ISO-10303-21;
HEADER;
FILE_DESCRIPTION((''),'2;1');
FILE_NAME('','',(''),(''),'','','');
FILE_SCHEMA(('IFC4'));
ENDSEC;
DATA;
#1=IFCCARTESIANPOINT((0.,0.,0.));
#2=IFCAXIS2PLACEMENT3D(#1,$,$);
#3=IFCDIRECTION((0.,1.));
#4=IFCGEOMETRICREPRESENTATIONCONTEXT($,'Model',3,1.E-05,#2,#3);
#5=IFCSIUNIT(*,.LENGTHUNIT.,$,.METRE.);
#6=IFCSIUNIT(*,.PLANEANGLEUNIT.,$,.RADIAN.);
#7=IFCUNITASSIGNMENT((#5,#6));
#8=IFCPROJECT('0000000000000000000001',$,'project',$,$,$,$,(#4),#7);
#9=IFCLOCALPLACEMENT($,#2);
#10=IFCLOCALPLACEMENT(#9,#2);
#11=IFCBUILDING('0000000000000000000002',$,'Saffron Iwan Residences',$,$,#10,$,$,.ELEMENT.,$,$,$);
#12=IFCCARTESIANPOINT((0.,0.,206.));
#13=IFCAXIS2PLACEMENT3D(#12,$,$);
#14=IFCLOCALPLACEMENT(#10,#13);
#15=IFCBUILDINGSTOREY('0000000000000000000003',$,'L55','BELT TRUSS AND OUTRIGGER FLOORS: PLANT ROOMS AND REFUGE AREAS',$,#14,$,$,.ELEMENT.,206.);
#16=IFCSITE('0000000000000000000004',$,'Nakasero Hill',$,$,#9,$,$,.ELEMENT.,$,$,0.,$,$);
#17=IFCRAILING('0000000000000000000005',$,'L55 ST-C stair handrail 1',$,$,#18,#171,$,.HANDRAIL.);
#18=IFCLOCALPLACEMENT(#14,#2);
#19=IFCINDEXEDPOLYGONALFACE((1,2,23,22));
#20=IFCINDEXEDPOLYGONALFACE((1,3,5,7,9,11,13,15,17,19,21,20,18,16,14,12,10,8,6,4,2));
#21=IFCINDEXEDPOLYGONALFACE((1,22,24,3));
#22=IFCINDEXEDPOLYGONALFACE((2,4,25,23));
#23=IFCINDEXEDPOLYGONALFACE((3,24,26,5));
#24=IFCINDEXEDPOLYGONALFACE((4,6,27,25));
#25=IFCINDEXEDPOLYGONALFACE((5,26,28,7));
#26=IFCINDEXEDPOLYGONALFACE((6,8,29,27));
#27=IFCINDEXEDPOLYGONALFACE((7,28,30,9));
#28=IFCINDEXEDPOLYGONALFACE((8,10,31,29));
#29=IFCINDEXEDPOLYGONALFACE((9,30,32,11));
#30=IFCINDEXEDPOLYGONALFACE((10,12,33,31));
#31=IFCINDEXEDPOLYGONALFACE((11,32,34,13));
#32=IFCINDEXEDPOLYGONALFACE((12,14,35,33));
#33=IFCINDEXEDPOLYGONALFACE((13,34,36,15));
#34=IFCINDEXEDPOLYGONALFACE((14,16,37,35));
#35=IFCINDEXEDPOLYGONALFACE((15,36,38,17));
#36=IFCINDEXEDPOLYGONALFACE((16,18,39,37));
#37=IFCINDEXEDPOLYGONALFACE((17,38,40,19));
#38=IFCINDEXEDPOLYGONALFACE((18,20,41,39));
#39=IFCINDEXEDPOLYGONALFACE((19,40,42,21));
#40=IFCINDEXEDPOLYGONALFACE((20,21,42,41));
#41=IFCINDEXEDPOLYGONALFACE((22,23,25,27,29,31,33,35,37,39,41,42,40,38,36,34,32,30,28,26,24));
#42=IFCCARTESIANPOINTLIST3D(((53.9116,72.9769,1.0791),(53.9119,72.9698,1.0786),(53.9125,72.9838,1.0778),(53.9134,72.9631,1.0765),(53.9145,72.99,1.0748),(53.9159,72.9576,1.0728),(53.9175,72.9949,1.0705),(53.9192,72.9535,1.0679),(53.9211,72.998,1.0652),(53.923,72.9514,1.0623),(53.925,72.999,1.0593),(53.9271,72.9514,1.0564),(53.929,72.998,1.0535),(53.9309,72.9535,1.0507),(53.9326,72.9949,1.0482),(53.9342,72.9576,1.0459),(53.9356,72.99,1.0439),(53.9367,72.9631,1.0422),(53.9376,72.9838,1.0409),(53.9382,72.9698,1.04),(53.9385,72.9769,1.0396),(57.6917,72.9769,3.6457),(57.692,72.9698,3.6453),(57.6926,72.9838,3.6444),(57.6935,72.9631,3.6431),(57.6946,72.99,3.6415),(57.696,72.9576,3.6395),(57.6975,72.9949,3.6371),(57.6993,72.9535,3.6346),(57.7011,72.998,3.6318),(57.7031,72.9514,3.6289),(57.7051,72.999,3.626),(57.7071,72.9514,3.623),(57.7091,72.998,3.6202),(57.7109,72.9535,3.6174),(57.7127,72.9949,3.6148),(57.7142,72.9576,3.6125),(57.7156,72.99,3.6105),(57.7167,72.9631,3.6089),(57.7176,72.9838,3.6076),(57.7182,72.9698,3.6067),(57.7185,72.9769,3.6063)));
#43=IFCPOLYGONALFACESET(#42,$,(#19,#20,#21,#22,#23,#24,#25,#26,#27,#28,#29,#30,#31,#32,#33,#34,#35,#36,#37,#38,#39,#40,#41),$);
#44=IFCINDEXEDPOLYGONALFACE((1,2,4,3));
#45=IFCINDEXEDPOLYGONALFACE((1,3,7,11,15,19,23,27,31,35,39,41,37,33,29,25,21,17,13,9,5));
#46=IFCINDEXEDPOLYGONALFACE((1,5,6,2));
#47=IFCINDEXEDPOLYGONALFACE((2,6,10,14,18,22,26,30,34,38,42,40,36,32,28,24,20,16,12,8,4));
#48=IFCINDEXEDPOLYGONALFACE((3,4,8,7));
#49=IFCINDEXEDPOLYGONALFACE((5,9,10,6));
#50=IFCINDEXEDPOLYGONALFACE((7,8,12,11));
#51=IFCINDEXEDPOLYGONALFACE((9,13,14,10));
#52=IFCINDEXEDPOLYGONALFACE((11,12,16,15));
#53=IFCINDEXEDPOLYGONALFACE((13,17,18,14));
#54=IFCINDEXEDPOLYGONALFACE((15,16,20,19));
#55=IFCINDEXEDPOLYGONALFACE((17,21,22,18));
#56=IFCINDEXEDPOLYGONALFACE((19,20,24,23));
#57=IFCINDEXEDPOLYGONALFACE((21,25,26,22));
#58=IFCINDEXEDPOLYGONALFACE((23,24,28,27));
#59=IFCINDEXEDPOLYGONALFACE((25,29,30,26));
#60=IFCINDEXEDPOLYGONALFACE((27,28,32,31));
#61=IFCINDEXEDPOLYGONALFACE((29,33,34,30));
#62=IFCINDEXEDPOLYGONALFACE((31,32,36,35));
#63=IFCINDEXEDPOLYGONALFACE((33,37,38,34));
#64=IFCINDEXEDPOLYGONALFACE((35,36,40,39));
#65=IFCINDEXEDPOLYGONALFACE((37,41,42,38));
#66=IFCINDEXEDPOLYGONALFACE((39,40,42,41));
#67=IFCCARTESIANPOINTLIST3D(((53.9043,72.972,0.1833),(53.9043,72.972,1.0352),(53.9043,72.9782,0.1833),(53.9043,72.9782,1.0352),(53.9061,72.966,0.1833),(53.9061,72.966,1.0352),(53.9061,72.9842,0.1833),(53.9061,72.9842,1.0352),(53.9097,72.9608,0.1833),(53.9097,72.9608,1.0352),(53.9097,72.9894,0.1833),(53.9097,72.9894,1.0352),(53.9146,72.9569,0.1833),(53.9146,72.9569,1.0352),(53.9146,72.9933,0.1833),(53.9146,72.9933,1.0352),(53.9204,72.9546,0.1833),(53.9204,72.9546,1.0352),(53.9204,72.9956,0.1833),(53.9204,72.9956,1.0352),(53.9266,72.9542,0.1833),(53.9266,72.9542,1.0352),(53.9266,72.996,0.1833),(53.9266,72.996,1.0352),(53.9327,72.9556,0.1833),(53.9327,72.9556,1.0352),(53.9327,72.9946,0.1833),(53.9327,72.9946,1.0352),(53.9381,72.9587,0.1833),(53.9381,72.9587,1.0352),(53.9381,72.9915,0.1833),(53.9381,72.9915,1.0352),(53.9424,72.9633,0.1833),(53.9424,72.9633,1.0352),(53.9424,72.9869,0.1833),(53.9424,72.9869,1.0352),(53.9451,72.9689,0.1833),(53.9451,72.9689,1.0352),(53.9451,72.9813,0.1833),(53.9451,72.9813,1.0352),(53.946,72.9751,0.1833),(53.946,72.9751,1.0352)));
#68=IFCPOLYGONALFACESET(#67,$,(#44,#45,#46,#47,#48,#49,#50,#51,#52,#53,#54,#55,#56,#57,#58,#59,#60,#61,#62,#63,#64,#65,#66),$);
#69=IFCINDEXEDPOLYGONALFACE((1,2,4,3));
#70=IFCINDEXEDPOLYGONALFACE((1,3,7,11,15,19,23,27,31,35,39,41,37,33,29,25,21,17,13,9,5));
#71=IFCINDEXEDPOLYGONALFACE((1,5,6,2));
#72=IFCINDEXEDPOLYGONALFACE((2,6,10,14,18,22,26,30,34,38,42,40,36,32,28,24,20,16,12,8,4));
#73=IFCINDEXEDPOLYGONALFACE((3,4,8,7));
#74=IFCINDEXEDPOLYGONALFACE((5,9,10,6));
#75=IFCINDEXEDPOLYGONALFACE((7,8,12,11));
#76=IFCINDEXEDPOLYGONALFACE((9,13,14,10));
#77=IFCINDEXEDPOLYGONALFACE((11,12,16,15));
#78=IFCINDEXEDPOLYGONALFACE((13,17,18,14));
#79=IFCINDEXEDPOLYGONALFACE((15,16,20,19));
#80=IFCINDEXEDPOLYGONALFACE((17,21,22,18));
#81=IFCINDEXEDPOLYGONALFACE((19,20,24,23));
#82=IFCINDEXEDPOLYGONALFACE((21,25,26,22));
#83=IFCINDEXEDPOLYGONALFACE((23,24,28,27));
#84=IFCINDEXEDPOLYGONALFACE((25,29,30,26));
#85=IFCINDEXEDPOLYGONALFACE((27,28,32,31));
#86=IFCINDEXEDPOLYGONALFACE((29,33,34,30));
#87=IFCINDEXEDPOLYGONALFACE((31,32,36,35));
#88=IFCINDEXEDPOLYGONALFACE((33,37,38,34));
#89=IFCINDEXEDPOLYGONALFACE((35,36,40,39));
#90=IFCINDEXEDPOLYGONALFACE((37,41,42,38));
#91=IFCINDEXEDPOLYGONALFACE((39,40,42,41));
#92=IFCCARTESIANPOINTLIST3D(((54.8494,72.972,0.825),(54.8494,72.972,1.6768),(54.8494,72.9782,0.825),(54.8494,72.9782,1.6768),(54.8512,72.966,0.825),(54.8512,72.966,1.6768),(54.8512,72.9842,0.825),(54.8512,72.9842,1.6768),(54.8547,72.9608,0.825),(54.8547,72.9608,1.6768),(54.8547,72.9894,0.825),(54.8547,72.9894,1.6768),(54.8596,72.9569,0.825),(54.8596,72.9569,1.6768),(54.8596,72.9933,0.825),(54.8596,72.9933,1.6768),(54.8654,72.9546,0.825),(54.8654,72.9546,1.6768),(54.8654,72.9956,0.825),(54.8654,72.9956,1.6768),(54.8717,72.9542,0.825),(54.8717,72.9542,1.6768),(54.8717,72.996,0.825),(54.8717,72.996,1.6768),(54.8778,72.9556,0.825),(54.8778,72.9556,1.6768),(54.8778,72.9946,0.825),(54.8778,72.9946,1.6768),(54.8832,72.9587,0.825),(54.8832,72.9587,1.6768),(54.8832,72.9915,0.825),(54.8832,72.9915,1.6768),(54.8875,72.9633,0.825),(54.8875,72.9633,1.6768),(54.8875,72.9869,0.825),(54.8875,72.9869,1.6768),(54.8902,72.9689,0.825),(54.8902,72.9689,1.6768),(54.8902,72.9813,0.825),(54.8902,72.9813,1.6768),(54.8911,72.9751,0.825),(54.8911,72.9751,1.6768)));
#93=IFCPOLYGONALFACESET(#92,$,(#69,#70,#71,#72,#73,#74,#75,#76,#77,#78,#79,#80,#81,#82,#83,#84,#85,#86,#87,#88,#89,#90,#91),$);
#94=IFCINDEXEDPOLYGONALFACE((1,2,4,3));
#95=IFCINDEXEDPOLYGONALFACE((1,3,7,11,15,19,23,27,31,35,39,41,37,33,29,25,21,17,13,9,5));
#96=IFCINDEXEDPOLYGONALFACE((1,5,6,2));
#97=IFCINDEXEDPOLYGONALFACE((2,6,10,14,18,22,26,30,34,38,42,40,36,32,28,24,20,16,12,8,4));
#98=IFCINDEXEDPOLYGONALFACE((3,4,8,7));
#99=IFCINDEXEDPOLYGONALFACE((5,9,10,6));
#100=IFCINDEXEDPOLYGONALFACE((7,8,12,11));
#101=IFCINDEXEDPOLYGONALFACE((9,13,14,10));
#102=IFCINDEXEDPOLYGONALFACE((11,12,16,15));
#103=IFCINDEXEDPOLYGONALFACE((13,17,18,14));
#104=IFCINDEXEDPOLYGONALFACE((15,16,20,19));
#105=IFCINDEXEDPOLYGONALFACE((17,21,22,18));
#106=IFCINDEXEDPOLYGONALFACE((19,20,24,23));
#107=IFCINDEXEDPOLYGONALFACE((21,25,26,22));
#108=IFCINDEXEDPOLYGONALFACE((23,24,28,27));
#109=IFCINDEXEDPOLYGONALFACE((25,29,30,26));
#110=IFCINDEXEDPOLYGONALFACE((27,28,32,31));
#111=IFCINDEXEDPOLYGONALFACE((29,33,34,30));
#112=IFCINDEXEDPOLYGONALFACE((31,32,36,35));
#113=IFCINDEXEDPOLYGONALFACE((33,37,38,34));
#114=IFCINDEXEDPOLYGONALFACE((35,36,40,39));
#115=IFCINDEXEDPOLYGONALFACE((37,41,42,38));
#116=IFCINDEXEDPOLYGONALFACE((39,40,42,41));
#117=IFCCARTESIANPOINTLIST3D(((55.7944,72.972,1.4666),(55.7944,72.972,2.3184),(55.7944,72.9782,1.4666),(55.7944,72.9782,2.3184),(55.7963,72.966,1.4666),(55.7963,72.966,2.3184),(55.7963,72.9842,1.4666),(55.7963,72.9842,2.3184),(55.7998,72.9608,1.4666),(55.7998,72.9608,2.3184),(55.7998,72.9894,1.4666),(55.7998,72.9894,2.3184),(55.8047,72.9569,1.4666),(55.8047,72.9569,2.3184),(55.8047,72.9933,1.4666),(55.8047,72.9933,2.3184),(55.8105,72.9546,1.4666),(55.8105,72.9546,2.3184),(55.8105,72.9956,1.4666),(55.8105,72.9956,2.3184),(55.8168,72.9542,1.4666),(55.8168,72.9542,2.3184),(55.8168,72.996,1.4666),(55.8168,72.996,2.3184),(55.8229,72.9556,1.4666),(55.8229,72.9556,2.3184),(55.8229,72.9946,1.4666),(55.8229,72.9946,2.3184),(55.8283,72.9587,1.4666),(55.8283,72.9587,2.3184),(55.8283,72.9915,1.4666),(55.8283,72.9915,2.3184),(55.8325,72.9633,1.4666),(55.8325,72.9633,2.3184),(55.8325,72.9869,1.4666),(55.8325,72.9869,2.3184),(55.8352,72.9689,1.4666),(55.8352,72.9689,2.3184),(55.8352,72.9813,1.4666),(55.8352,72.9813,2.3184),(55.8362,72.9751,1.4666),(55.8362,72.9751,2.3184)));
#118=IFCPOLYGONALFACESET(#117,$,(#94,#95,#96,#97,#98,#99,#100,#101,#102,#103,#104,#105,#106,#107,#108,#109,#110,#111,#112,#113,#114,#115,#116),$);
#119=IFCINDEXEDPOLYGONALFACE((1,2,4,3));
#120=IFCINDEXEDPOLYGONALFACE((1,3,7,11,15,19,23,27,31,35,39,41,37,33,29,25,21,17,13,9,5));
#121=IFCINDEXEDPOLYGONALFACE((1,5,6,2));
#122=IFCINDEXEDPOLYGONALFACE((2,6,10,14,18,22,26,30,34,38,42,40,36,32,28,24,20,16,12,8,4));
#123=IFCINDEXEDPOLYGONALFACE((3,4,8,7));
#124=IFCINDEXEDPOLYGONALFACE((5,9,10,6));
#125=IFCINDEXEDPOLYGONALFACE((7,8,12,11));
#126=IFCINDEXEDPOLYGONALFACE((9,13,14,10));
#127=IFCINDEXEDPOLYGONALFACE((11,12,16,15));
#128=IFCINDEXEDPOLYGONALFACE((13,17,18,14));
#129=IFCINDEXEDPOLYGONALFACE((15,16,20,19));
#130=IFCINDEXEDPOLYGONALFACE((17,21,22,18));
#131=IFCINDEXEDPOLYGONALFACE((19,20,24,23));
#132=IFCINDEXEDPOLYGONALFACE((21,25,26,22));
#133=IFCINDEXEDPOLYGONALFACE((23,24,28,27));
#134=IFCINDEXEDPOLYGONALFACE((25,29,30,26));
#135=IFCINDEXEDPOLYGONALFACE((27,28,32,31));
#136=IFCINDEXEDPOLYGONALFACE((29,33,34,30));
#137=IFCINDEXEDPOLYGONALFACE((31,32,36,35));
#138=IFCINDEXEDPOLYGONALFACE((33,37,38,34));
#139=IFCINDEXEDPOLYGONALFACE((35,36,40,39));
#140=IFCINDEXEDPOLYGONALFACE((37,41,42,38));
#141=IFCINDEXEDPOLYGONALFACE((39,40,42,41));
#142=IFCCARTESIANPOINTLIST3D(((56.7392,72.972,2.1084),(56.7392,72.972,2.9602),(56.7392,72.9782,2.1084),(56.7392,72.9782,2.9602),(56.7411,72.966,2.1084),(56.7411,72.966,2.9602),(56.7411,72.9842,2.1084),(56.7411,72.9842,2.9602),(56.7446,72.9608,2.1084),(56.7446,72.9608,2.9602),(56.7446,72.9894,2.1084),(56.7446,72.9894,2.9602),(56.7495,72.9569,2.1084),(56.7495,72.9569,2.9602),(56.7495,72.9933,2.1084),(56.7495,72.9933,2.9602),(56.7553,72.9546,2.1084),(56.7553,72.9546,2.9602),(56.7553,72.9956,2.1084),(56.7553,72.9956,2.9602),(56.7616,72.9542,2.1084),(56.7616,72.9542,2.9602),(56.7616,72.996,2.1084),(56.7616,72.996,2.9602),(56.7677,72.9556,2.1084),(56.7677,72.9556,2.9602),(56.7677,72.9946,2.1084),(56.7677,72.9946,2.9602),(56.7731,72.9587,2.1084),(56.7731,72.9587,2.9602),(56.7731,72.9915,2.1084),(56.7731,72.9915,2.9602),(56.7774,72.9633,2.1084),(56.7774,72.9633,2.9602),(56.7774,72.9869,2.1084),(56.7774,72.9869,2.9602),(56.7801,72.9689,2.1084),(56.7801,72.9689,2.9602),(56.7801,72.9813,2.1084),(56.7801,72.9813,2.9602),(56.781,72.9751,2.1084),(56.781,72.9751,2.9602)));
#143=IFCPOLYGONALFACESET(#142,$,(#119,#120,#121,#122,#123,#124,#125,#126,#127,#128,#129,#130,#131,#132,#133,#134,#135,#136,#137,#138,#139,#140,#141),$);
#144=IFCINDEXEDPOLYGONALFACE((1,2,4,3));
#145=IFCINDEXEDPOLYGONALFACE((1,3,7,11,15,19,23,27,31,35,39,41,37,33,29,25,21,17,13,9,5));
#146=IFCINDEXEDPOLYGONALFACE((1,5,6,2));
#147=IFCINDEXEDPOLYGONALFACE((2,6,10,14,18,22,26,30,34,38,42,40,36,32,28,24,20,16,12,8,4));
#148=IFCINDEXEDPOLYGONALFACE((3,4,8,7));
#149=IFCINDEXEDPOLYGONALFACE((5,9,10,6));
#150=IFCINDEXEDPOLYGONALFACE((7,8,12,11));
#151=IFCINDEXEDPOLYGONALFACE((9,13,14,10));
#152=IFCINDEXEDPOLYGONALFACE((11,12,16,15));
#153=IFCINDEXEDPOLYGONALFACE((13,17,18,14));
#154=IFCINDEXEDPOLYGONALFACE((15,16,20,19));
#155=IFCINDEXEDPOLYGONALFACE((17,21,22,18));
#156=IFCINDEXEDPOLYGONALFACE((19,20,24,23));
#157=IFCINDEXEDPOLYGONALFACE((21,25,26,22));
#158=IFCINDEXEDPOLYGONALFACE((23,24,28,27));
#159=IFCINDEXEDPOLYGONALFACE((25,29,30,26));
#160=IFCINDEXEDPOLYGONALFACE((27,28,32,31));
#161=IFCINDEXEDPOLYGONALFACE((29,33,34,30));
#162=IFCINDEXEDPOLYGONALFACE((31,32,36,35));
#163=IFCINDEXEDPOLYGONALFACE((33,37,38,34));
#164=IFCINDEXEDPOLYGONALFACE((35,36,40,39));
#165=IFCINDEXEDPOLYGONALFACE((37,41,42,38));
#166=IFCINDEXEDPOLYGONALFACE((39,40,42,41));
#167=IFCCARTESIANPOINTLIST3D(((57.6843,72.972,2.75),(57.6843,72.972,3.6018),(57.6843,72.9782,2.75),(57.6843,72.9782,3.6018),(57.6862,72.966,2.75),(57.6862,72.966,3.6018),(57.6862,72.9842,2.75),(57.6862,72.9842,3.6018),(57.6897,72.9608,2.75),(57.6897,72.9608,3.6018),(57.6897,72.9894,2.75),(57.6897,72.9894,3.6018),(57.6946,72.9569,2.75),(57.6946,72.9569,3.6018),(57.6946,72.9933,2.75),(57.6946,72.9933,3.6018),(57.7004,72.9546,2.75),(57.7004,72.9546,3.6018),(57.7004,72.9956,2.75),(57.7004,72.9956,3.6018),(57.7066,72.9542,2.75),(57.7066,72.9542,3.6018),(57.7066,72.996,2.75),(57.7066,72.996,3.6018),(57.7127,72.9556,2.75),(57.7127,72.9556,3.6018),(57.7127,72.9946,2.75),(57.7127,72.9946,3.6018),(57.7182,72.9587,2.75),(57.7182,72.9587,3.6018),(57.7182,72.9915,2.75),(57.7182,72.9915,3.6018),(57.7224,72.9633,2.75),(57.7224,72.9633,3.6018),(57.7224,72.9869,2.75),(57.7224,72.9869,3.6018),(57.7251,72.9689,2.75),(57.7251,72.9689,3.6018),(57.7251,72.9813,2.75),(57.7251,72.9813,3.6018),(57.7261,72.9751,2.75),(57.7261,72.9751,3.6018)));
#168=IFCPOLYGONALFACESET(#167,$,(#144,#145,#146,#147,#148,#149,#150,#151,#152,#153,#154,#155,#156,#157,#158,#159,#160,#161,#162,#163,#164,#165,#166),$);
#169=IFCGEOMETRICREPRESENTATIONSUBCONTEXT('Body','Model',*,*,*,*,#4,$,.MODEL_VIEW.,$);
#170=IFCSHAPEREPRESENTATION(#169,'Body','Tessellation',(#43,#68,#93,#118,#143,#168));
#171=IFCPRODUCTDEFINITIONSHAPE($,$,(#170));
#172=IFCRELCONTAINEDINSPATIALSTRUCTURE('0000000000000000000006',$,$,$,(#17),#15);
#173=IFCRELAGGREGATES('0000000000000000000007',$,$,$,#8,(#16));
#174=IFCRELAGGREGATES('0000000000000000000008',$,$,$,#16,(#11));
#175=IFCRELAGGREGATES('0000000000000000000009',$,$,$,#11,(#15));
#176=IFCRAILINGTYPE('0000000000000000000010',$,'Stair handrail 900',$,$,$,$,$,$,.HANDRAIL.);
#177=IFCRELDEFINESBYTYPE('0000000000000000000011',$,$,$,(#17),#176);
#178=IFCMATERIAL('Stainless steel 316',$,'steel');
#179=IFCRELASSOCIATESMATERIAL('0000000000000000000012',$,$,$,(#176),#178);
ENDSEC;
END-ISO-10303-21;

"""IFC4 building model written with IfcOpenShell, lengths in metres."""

from ifc_helpers import new_model, si_unit, direction, frame, origin, origin_2d, place, context, subcontext, project, spatial, circle, extrude, material, type_object, element, save


model = new_model("IFC4")

# Units and contexts
model_context = context("Model", 3, precision=1e-05, world=origin(), true_north=direction((0.0, 1.0)))
body_context = subcontext(model_context, "Body", "Model", "MODEL_VIEW")
ifc_project = project(units=[si_unit("LENGTHUNIT", "METRE"), si_unit("PLANEANGLEUNIT", "RADIAN")], contexts=[model_context])

# Site, building, storey
site_placement = place(None, origin())
site = spatial("IfcSite", under=ifc_project, at=site_placement, Name="Nakasero Hill", CompositionType="ELEMENT", RefElevation=0.0)
building_placement = place(site_placement, origin())
building = spatial("IfcBuilding", under=site, at=building_placement, Name="Saffron Iwan Residences", CompositionType="ELEMENT")
storey_placement = place(building_placement, frame((0.0, 0.0, 206.0)))
storey = spatial("IfcBuildingStorey", under=building, at=storey_placement, Name="L55", Description="BELT TRUSS AND OUTRIGGER FLOORS: PLANT ROOMS AND REFUGE AREAS", CompositionType="ELEMENT", Elevation=206.0)

# Railing
ifc_material_1 = material(Name="Stainless steel 316", Category="steel")
railing_type_1 = type_object("IfcRailingType", Name="Stair handrail 900", PredefinedType="HANDRAIL", material=ifc_material_1)
railing_1_placement = place(storey_placement, frame((53.925, 72.9751, 0.1833)))
element("IfcRailing", 1, at=railing_1_placement, inside=storey, type_object=railing_type_1, Name="L55 ST-C stair handrail 1", PredefinedType="HANDRAIL", context=body_context, shape_type="SweptSolid", body=[
    extrude(circle(Radius=0.0239, at=origin_2d()), frame((0.0, 0.0, 0.876), z_axis=(0.82731, 0.0, 0.561746), x_axis=(0.0, 1.0, 0.0)), (0.0, 0.0, 1.0), 4.5691),
    extrude(circle(Radius=0.021, at=origin_2d()), origin(), (0.0, 0.0, 1.0), 0.8518),
    extrude(circle(Radius=0.021, at=origin_2d()), frame((0.9451, 0.0, 0.6416)), (0.0, 0.0, 1.0), 0.8518),
    extrude(circle(Radius=0.021, at=origin_2d()), frame((1.8901, 0.0, 1.2832)), (0.0, 0.0, 1.0), 0.8518),
    extrude(circle(Radius=0.021, at=origin_2d()), frame((2.835, 0.0, 1.925)), (0.0, 0.0, 1.0), 0.8518),
    extrude(circle(Radius=0.021, at=origin_2d()), frame((3.78, 0.0, 2.5667)), (0.0, 0.0, 1.0), 0.8518),
])

save(model, "model.ifc")
